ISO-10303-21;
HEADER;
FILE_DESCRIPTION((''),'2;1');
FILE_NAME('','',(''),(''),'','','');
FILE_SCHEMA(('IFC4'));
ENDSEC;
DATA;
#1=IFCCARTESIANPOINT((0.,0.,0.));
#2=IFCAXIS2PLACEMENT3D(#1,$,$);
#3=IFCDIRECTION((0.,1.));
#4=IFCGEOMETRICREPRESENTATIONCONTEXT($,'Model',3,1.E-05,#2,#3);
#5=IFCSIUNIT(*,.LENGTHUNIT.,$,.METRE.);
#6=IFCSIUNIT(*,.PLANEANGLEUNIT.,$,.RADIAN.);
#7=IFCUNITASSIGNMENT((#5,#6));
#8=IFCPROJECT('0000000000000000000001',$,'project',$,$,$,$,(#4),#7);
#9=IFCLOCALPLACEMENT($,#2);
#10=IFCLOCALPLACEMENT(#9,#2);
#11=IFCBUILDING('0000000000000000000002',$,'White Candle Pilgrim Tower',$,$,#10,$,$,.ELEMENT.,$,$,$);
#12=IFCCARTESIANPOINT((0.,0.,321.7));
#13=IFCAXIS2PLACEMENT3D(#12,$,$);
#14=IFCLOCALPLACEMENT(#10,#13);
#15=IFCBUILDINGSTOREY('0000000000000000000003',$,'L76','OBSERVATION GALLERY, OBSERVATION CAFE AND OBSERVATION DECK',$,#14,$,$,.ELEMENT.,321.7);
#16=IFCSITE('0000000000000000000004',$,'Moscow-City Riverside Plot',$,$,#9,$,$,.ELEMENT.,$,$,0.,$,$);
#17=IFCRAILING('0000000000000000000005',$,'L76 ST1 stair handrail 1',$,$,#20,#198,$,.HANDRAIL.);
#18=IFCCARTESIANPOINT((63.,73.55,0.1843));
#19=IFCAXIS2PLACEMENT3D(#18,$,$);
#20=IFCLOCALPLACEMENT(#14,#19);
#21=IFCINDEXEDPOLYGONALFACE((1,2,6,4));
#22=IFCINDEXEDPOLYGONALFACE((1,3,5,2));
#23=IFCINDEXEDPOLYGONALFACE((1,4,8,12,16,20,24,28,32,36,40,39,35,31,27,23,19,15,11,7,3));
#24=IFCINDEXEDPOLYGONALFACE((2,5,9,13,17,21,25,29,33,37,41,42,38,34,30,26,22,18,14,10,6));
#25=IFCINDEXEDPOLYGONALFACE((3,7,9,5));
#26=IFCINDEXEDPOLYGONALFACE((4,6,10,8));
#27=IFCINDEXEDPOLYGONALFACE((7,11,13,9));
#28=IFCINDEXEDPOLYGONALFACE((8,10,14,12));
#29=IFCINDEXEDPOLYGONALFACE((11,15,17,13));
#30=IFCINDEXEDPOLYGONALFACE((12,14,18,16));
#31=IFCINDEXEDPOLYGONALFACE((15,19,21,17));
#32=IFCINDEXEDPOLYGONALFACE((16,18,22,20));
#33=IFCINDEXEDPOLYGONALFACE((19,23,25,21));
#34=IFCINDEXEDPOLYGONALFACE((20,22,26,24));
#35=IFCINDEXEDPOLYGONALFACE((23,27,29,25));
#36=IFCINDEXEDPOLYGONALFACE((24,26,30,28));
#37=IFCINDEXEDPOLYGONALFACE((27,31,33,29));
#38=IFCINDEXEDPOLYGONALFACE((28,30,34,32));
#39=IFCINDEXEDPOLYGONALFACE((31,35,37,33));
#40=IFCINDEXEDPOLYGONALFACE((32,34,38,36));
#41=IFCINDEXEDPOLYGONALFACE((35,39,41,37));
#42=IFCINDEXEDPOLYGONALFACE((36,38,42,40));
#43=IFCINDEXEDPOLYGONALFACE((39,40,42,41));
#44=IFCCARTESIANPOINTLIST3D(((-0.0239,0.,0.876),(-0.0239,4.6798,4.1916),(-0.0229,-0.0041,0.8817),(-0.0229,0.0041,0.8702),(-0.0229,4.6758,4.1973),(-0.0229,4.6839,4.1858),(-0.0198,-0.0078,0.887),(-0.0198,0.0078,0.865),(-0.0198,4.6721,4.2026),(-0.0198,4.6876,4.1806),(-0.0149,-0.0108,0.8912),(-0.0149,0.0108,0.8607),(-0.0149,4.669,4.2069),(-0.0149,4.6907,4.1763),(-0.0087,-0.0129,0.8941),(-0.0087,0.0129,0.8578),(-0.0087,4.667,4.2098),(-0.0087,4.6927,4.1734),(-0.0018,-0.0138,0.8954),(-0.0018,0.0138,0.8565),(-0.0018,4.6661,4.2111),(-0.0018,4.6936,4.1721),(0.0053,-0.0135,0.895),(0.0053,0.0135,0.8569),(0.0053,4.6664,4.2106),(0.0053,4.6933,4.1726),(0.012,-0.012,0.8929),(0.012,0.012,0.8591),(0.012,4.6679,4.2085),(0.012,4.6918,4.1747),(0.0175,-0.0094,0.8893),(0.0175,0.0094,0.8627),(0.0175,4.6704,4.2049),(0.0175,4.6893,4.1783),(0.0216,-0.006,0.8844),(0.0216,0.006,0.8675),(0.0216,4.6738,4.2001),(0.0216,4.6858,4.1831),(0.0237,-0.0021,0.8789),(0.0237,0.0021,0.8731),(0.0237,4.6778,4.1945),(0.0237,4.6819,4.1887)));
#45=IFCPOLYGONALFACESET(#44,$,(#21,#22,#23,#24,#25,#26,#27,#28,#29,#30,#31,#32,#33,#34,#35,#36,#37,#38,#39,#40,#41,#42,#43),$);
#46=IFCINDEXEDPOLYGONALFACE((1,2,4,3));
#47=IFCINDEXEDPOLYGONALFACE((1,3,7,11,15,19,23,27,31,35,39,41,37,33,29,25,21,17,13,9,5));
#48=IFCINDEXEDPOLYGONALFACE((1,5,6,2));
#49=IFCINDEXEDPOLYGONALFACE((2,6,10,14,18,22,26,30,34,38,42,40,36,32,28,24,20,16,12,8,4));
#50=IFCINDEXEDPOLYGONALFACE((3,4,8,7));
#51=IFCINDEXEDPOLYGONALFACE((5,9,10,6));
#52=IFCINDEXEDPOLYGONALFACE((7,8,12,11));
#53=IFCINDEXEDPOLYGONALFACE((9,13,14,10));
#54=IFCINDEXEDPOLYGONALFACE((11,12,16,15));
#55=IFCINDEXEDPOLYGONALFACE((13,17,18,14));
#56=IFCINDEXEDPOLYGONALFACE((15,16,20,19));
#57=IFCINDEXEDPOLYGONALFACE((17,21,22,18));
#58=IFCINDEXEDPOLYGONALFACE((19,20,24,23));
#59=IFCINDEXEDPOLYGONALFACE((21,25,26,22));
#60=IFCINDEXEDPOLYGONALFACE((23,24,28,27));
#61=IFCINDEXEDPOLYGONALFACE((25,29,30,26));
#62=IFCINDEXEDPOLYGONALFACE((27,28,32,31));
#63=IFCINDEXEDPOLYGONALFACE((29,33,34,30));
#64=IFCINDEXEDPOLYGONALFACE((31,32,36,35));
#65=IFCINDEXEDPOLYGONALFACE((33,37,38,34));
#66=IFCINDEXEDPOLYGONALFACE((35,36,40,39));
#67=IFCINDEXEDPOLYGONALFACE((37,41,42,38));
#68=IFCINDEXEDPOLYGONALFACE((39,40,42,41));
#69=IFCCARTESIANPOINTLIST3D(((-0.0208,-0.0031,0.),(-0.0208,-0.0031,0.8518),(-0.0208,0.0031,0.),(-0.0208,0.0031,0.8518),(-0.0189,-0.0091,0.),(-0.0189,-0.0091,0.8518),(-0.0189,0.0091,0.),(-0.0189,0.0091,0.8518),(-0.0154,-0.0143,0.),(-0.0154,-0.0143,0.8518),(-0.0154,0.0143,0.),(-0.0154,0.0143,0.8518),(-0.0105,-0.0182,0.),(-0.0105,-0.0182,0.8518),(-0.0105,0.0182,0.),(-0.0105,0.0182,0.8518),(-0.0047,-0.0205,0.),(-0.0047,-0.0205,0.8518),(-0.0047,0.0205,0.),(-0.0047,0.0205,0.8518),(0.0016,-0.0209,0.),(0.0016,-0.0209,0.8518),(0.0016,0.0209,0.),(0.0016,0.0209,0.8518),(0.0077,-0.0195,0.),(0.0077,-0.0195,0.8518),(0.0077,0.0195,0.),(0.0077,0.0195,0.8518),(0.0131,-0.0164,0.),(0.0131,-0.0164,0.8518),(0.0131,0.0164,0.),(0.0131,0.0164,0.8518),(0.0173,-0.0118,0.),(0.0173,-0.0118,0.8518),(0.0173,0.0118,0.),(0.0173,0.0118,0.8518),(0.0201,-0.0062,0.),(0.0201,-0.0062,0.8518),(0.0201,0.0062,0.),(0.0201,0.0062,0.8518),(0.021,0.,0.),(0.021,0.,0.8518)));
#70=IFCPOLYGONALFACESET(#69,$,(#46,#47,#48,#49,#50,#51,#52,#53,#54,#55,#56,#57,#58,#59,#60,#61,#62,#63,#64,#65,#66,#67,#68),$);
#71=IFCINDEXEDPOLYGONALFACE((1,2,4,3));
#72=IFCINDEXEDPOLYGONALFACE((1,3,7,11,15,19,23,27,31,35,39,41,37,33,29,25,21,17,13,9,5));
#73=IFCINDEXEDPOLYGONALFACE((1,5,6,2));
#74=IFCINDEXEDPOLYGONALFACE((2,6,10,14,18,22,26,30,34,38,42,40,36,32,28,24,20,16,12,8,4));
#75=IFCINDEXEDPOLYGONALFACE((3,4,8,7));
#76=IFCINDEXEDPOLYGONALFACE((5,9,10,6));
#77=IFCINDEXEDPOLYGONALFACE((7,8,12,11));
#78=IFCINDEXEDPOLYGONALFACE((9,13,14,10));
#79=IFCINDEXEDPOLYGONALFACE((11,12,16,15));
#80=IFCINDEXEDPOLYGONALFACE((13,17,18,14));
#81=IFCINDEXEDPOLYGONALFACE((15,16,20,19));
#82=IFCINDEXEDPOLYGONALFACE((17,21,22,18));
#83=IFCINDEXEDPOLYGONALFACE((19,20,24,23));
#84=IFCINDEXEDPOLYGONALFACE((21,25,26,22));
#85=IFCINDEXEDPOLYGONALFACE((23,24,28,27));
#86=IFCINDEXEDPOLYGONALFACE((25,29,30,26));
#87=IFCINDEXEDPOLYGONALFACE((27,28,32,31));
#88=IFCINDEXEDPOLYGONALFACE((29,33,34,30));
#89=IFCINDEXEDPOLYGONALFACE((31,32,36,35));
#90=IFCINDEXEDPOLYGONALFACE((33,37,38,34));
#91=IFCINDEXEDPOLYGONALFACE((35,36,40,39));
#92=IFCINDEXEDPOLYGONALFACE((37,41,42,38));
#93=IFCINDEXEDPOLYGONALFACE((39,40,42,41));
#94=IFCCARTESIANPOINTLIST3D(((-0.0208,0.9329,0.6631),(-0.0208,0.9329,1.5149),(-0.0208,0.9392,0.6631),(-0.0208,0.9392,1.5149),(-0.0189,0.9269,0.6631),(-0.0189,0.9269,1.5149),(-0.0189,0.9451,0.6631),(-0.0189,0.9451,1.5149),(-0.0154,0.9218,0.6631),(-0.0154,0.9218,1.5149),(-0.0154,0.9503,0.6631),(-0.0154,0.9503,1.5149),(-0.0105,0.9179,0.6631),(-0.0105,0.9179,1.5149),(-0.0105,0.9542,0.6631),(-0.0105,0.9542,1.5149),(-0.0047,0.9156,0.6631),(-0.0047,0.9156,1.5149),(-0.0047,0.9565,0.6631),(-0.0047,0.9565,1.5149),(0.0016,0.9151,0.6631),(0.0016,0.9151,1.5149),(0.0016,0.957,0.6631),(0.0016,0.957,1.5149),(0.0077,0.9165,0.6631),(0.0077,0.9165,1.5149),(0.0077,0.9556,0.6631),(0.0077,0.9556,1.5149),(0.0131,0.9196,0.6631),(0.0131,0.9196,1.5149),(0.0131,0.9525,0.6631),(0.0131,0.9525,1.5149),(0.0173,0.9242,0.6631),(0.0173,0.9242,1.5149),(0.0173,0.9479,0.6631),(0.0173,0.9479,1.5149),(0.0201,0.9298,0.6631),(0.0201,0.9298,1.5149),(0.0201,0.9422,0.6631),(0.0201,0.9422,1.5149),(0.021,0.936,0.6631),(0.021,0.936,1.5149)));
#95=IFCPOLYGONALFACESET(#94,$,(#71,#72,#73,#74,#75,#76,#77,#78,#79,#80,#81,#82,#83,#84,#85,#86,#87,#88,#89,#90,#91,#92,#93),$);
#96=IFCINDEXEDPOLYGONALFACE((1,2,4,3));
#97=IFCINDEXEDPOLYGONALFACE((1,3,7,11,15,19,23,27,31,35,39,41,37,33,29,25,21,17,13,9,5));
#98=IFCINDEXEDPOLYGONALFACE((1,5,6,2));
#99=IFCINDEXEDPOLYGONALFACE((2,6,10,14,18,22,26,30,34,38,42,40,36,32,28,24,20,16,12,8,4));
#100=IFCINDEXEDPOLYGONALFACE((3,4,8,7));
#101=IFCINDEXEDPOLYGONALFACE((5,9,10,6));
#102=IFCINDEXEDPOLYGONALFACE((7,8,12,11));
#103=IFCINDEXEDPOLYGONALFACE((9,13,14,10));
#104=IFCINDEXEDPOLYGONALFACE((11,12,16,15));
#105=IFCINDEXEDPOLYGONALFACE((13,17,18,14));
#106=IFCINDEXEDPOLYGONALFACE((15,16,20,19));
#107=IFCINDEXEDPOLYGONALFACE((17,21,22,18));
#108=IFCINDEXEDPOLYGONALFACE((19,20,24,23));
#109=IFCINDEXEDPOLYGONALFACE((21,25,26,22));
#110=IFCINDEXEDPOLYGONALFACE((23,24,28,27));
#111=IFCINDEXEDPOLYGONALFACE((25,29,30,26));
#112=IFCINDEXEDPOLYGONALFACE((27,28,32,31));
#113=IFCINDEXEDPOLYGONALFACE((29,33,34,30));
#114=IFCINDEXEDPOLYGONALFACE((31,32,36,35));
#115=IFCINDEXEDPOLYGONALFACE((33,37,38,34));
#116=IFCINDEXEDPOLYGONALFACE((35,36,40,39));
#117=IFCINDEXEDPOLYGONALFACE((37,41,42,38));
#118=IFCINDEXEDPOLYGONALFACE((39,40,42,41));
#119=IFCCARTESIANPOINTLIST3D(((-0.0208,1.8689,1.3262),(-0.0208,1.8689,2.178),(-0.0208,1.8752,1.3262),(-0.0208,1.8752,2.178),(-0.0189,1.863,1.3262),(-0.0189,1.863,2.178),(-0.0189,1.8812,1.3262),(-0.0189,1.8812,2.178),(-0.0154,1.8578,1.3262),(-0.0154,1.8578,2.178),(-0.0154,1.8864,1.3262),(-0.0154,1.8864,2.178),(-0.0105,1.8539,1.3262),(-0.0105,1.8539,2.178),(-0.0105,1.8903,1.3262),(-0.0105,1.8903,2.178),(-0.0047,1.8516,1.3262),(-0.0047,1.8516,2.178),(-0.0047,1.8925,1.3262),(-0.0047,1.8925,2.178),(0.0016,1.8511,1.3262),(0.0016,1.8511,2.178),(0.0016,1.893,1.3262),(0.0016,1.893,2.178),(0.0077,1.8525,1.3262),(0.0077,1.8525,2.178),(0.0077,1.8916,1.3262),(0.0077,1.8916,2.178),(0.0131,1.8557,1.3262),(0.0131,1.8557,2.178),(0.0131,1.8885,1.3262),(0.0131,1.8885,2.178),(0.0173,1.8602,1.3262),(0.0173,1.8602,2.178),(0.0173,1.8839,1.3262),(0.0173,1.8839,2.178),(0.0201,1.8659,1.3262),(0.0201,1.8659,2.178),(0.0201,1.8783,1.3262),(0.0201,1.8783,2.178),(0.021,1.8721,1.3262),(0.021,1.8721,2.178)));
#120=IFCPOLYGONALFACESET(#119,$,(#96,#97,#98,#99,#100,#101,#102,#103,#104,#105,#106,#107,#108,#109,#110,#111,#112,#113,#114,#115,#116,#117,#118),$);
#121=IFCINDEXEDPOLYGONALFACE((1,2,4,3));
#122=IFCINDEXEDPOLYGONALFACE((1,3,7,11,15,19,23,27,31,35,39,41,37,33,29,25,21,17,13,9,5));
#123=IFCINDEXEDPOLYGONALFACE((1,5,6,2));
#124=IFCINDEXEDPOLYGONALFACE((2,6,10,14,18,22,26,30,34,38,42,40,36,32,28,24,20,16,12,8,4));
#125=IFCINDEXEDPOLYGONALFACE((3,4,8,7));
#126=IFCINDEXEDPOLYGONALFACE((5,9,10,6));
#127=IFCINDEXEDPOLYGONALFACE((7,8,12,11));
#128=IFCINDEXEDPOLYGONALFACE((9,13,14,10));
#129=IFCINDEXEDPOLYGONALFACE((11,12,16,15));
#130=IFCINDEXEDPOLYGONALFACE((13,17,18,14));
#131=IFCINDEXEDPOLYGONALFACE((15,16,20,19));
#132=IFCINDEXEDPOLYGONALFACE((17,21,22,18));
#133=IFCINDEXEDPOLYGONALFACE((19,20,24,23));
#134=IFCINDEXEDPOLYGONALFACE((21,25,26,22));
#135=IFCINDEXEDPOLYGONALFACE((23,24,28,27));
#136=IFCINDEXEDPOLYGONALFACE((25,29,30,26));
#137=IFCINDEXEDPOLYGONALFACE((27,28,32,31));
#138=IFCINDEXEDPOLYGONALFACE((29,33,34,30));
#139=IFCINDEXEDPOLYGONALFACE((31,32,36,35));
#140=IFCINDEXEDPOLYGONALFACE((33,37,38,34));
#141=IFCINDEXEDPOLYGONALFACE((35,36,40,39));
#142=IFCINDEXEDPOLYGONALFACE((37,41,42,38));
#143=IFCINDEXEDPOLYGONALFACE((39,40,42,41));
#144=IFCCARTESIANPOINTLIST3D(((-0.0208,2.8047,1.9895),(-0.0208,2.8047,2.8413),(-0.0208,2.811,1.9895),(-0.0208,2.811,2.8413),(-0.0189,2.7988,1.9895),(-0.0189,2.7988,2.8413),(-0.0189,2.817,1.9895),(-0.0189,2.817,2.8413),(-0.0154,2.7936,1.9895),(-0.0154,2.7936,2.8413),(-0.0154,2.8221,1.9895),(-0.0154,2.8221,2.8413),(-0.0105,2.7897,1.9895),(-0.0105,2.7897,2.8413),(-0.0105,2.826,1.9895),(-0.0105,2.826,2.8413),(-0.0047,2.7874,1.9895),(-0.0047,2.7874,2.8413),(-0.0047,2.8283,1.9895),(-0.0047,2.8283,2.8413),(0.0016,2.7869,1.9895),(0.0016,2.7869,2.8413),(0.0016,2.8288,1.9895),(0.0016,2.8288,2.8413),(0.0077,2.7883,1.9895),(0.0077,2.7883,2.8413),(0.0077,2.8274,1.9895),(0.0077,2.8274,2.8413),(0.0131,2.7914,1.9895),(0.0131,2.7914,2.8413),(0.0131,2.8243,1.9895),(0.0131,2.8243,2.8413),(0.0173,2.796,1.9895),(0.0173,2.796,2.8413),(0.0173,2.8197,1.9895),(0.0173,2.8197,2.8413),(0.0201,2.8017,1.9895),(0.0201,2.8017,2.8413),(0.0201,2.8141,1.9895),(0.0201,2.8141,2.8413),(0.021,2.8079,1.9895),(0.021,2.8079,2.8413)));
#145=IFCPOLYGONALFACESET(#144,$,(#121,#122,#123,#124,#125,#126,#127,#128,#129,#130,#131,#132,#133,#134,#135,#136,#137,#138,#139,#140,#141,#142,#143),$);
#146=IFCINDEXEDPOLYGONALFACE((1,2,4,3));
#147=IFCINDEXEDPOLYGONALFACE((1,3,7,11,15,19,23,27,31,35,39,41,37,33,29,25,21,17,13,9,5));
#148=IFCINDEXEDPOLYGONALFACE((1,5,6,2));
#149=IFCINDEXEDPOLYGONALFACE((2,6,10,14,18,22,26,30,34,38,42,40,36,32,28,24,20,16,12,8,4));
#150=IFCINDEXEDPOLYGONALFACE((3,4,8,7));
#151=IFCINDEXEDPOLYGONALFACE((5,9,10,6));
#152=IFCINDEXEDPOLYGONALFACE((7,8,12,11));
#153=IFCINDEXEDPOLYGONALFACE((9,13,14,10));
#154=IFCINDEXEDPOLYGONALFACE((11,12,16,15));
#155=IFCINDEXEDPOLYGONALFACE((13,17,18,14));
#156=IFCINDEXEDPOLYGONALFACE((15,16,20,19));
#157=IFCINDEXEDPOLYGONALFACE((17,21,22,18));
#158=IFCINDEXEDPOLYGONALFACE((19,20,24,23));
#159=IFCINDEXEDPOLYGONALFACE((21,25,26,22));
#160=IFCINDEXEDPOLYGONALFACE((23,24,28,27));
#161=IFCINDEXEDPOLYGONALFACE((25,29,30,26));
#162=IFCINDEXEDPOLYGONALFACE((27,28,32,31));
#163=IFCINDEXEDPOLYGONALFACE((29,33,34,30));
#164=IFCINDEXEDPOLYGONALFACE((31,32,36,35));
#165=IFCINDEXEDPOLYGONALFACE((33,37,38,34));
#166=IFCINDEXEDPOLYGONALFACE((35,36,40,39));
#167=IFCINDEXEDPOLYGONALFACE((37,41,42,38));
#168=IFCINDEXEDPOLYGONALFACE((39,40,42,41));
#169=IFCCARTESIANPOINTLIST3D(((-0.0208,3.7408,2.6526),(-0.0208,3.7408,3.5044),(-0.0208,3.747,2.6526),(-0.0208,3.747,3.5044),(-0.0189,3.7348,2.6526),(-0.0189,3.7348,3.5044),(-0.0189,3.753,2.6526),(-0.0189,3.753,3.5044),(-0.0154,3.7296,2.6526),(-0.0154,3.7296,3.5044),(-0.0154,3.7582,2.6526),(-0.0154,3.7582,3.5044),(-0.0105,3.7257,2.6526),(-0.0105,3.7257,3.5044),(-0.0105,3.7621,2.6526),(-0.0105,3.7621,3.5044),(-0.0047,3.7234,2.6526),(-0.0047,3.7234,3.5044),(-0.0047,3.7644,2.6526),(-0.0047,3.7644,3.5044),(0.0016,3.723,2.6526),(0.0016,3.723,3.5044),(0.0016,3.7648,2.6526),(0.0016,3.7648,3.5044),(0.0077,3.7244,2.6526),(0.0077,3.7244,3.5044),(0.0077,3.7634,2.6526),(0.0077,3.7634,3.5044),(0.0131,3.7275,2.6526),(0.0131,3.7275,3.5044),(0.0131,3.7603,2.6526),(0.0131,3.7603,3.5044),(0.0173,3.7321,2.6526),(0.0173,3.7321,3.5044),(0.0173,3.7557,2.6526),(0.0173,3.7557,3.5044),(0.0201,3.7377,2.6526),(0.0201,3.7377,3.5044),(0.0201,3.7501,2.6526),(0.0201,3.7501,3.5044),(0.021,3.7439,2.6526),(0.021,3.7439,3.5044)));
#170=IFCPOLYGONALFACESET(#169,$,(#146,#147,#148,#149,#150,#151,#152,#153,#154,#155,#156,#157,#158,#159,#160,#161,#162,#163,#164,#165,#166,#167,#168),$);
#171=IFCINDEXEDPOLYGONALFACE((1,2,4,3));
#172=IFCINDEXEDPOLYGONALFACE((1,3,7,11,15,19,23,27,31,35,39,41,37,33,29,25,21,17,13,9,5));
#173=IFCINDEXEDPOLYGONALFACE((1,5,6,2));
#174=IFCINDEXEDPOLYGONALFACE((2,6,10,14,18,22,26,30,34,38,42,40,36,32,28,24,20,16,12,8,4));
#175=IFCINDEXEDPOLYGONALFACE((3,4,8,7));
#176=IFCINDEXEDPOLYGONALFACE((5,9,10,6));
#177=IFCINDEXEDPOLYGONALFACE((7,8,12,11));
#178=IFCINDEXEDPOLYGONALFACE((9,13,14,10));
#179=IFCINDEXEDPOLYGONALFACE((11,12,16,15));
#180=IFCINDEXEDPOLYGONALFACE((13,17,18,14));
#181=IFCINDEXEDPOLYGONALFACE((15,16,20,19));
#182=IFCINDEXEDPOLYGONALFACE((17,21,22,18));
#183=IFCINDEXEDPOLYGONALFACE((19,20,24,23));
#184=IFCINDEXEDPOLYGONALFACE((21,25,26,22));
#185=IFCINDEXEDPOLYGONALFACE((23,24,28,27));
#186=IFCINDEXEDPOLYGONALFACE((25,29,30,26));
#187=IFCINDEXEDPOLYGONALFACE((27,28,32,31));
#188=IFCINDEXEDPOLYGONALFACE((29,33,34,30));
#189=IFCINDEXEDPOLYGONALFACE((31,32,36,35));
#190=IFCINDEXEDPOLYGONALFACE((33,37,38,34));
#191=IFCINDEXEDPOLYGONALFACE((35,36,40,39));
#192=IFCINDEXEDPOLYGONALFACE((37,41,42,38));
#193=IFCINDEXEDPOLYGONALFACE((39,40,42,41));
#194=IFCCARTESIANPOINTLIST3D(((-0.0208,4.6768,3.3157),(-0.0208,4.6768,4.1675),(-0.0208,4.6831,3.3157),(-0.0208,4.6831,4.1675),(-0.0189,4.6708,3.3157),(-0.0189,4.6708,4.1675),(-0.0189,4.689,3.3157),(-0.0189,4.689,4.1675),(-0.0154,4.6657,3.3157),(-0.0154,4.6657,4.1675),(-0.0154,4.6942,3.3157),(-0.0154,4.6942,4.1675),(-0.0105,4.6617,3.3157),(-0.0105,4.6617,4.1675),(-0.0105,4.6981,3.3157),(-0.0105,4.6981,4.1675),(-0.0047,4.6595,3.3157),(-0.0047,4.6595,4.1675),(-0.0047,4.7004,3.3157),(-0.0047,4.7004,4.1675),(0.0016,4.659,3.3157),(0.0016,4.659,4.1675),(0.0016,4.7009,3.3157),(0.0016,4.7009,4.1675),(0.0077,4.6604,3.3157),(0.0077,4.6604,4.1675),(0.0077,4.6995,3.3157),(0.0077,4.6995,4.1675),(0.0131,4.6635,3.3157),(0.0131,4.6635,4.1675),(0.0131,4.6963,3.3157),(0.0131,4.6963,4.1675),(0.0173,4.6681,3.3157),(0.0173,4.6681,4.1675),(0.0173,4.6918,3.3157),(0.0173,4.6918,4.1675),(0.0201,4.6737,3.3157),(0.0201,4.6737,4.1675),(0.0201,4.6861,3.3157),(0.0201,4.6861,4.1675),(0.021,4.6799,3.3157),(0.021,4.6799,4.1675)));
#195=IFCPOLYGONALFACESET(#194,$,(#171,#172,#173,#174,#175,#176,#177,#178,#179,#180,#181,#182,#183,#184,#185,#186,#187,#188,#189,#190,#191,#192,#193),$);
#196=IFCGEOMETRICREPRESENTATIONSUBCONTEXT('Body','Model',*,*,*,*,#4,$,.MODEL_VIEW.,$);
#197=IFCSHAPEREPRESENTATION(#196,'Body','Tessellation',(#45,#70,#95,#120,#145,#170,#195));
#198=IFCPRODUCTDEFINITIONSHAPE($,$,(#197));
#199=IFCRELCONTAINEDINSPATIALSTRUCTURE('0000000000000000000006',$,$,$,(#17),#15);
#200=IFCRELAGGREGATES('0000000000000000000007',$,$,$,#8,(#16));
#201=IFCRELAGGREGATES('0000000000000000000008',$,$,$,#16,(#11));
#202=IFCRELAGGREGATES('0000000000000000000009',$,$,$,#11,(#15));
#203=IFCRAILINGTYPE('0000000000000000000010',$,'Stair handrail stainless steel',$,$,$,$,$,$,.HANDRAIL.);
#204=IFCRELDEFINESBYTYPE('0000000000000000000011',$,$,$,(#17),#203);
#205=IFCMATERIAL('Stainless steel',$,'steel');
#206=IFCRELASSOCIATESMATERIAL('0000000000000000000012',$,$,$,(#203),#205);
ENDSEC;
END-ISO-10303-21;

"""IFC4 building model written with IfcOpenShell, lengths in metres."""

from ifc_helpers import new_model, si_unit, direction, frame, origin, origin_2d, place, context, subcontext, project, spatial, circle, extrude, material, type_object, element, save


model = new_model("IFC4")

# Units and contexts
model_context = context("Model", 3, precision=1e-05, world=origin(), true_north=direction((0.0, 1.0)))
body_context = subcontext(model_context, "Body", "Model", "MODEL_VIEW")
ifc_project = project(units=[si_unit("LENGTHUNIT", "METRE"), si_unit("PLANEANGLEUNIT", "RADIAN")], contexts=[model_context])

# Site, building, storey
site_placement = place(None, origin())
site = spatial("IfcSite", under=ifc_project, at=site_placement, Name="Moscow-City Riverside Plot", CompositionType="ELEMENT", RefElevation=0.0)
building_placement = place(site_placement, origin())
building = spatial("IfcBuilding", under=site, at=building_placement, Name="White Candle Pilgrim Tower", CompositionType="ELEMENT")
storey_placement = place(building_placement, frame((0.0, 0.0, 321.7)))
storey = spatial("IfcBuildingStorey", under=building, at=storey_placement, Name="L76", Description="OBSERVATION GALLERY, OBSERVATION CAFE AND OBSERVATION DECK", CompositionType="ELEMENT", Elevation=321.7)

# Railing
ifc_material_1 = material(Name="Stainless steel", Category="steel")
railing_type_1 = type_object("IfcRailingType", Name="Stair handrail stainless steel", PredefinedType="HANDRAIL", material=ifc_material_1)
railing_1_placement = place(storey_placement, frame((63.0, 73.55, 0.1843)))
element("IfcRailing", 1, at=railing_1_placement, inside=storey, type_object=railing_type_1, Name="L76 ST1 stair handrail 1", PredefinedType="HANDRAIL", context=body_context, shape_type="SweptSolid", body=[
    extrude(circle(Radius=0.0239, at=origin_2d()), frame((0.0, 0.0, 0.876), z_axis=(0.0, 0.815965, 0.578101), x_axis=(-1.0, 0.0, 0.0)), (0.0, 0.0, 1.0), 5.7354),
    extrude(circle(Radius=0.021, at=origin_2d()), origin(), (0.0, 0.0, 1.0), 0.8518),
    extrude(circle(Radius=0.021, at=origin_2d()), frame((0.0, 0.936, 0.6631)), (0.0, 0.0, 1.0), 0.8518),
    extrude(circle(Radius=0.021, at=origin_2d()), frame((0.0, 1.8721, 1.3262)), (0.0, 0.0, 1.0), 0.8518),
    extrude(circle(Radius=0.021, at=origin_2d()), frame((0.0, 2.8079, 1.9895)), (0.0, 0.0, 1.0), 0.8518),
    extrude(circle(Radius=0.021, at=origin_2d()), frame((0.0, 3.7439, 2.6526)), (0.0, 0.0, 1.0), 0.8518),
    extrude(circle(Radius=0.021, at=origin_2d()), frame((0.0, 4.6799, 3.3157)), (0.0, 0.0, 1.0), 0.8518),
])

save(model, "model.ifc")
